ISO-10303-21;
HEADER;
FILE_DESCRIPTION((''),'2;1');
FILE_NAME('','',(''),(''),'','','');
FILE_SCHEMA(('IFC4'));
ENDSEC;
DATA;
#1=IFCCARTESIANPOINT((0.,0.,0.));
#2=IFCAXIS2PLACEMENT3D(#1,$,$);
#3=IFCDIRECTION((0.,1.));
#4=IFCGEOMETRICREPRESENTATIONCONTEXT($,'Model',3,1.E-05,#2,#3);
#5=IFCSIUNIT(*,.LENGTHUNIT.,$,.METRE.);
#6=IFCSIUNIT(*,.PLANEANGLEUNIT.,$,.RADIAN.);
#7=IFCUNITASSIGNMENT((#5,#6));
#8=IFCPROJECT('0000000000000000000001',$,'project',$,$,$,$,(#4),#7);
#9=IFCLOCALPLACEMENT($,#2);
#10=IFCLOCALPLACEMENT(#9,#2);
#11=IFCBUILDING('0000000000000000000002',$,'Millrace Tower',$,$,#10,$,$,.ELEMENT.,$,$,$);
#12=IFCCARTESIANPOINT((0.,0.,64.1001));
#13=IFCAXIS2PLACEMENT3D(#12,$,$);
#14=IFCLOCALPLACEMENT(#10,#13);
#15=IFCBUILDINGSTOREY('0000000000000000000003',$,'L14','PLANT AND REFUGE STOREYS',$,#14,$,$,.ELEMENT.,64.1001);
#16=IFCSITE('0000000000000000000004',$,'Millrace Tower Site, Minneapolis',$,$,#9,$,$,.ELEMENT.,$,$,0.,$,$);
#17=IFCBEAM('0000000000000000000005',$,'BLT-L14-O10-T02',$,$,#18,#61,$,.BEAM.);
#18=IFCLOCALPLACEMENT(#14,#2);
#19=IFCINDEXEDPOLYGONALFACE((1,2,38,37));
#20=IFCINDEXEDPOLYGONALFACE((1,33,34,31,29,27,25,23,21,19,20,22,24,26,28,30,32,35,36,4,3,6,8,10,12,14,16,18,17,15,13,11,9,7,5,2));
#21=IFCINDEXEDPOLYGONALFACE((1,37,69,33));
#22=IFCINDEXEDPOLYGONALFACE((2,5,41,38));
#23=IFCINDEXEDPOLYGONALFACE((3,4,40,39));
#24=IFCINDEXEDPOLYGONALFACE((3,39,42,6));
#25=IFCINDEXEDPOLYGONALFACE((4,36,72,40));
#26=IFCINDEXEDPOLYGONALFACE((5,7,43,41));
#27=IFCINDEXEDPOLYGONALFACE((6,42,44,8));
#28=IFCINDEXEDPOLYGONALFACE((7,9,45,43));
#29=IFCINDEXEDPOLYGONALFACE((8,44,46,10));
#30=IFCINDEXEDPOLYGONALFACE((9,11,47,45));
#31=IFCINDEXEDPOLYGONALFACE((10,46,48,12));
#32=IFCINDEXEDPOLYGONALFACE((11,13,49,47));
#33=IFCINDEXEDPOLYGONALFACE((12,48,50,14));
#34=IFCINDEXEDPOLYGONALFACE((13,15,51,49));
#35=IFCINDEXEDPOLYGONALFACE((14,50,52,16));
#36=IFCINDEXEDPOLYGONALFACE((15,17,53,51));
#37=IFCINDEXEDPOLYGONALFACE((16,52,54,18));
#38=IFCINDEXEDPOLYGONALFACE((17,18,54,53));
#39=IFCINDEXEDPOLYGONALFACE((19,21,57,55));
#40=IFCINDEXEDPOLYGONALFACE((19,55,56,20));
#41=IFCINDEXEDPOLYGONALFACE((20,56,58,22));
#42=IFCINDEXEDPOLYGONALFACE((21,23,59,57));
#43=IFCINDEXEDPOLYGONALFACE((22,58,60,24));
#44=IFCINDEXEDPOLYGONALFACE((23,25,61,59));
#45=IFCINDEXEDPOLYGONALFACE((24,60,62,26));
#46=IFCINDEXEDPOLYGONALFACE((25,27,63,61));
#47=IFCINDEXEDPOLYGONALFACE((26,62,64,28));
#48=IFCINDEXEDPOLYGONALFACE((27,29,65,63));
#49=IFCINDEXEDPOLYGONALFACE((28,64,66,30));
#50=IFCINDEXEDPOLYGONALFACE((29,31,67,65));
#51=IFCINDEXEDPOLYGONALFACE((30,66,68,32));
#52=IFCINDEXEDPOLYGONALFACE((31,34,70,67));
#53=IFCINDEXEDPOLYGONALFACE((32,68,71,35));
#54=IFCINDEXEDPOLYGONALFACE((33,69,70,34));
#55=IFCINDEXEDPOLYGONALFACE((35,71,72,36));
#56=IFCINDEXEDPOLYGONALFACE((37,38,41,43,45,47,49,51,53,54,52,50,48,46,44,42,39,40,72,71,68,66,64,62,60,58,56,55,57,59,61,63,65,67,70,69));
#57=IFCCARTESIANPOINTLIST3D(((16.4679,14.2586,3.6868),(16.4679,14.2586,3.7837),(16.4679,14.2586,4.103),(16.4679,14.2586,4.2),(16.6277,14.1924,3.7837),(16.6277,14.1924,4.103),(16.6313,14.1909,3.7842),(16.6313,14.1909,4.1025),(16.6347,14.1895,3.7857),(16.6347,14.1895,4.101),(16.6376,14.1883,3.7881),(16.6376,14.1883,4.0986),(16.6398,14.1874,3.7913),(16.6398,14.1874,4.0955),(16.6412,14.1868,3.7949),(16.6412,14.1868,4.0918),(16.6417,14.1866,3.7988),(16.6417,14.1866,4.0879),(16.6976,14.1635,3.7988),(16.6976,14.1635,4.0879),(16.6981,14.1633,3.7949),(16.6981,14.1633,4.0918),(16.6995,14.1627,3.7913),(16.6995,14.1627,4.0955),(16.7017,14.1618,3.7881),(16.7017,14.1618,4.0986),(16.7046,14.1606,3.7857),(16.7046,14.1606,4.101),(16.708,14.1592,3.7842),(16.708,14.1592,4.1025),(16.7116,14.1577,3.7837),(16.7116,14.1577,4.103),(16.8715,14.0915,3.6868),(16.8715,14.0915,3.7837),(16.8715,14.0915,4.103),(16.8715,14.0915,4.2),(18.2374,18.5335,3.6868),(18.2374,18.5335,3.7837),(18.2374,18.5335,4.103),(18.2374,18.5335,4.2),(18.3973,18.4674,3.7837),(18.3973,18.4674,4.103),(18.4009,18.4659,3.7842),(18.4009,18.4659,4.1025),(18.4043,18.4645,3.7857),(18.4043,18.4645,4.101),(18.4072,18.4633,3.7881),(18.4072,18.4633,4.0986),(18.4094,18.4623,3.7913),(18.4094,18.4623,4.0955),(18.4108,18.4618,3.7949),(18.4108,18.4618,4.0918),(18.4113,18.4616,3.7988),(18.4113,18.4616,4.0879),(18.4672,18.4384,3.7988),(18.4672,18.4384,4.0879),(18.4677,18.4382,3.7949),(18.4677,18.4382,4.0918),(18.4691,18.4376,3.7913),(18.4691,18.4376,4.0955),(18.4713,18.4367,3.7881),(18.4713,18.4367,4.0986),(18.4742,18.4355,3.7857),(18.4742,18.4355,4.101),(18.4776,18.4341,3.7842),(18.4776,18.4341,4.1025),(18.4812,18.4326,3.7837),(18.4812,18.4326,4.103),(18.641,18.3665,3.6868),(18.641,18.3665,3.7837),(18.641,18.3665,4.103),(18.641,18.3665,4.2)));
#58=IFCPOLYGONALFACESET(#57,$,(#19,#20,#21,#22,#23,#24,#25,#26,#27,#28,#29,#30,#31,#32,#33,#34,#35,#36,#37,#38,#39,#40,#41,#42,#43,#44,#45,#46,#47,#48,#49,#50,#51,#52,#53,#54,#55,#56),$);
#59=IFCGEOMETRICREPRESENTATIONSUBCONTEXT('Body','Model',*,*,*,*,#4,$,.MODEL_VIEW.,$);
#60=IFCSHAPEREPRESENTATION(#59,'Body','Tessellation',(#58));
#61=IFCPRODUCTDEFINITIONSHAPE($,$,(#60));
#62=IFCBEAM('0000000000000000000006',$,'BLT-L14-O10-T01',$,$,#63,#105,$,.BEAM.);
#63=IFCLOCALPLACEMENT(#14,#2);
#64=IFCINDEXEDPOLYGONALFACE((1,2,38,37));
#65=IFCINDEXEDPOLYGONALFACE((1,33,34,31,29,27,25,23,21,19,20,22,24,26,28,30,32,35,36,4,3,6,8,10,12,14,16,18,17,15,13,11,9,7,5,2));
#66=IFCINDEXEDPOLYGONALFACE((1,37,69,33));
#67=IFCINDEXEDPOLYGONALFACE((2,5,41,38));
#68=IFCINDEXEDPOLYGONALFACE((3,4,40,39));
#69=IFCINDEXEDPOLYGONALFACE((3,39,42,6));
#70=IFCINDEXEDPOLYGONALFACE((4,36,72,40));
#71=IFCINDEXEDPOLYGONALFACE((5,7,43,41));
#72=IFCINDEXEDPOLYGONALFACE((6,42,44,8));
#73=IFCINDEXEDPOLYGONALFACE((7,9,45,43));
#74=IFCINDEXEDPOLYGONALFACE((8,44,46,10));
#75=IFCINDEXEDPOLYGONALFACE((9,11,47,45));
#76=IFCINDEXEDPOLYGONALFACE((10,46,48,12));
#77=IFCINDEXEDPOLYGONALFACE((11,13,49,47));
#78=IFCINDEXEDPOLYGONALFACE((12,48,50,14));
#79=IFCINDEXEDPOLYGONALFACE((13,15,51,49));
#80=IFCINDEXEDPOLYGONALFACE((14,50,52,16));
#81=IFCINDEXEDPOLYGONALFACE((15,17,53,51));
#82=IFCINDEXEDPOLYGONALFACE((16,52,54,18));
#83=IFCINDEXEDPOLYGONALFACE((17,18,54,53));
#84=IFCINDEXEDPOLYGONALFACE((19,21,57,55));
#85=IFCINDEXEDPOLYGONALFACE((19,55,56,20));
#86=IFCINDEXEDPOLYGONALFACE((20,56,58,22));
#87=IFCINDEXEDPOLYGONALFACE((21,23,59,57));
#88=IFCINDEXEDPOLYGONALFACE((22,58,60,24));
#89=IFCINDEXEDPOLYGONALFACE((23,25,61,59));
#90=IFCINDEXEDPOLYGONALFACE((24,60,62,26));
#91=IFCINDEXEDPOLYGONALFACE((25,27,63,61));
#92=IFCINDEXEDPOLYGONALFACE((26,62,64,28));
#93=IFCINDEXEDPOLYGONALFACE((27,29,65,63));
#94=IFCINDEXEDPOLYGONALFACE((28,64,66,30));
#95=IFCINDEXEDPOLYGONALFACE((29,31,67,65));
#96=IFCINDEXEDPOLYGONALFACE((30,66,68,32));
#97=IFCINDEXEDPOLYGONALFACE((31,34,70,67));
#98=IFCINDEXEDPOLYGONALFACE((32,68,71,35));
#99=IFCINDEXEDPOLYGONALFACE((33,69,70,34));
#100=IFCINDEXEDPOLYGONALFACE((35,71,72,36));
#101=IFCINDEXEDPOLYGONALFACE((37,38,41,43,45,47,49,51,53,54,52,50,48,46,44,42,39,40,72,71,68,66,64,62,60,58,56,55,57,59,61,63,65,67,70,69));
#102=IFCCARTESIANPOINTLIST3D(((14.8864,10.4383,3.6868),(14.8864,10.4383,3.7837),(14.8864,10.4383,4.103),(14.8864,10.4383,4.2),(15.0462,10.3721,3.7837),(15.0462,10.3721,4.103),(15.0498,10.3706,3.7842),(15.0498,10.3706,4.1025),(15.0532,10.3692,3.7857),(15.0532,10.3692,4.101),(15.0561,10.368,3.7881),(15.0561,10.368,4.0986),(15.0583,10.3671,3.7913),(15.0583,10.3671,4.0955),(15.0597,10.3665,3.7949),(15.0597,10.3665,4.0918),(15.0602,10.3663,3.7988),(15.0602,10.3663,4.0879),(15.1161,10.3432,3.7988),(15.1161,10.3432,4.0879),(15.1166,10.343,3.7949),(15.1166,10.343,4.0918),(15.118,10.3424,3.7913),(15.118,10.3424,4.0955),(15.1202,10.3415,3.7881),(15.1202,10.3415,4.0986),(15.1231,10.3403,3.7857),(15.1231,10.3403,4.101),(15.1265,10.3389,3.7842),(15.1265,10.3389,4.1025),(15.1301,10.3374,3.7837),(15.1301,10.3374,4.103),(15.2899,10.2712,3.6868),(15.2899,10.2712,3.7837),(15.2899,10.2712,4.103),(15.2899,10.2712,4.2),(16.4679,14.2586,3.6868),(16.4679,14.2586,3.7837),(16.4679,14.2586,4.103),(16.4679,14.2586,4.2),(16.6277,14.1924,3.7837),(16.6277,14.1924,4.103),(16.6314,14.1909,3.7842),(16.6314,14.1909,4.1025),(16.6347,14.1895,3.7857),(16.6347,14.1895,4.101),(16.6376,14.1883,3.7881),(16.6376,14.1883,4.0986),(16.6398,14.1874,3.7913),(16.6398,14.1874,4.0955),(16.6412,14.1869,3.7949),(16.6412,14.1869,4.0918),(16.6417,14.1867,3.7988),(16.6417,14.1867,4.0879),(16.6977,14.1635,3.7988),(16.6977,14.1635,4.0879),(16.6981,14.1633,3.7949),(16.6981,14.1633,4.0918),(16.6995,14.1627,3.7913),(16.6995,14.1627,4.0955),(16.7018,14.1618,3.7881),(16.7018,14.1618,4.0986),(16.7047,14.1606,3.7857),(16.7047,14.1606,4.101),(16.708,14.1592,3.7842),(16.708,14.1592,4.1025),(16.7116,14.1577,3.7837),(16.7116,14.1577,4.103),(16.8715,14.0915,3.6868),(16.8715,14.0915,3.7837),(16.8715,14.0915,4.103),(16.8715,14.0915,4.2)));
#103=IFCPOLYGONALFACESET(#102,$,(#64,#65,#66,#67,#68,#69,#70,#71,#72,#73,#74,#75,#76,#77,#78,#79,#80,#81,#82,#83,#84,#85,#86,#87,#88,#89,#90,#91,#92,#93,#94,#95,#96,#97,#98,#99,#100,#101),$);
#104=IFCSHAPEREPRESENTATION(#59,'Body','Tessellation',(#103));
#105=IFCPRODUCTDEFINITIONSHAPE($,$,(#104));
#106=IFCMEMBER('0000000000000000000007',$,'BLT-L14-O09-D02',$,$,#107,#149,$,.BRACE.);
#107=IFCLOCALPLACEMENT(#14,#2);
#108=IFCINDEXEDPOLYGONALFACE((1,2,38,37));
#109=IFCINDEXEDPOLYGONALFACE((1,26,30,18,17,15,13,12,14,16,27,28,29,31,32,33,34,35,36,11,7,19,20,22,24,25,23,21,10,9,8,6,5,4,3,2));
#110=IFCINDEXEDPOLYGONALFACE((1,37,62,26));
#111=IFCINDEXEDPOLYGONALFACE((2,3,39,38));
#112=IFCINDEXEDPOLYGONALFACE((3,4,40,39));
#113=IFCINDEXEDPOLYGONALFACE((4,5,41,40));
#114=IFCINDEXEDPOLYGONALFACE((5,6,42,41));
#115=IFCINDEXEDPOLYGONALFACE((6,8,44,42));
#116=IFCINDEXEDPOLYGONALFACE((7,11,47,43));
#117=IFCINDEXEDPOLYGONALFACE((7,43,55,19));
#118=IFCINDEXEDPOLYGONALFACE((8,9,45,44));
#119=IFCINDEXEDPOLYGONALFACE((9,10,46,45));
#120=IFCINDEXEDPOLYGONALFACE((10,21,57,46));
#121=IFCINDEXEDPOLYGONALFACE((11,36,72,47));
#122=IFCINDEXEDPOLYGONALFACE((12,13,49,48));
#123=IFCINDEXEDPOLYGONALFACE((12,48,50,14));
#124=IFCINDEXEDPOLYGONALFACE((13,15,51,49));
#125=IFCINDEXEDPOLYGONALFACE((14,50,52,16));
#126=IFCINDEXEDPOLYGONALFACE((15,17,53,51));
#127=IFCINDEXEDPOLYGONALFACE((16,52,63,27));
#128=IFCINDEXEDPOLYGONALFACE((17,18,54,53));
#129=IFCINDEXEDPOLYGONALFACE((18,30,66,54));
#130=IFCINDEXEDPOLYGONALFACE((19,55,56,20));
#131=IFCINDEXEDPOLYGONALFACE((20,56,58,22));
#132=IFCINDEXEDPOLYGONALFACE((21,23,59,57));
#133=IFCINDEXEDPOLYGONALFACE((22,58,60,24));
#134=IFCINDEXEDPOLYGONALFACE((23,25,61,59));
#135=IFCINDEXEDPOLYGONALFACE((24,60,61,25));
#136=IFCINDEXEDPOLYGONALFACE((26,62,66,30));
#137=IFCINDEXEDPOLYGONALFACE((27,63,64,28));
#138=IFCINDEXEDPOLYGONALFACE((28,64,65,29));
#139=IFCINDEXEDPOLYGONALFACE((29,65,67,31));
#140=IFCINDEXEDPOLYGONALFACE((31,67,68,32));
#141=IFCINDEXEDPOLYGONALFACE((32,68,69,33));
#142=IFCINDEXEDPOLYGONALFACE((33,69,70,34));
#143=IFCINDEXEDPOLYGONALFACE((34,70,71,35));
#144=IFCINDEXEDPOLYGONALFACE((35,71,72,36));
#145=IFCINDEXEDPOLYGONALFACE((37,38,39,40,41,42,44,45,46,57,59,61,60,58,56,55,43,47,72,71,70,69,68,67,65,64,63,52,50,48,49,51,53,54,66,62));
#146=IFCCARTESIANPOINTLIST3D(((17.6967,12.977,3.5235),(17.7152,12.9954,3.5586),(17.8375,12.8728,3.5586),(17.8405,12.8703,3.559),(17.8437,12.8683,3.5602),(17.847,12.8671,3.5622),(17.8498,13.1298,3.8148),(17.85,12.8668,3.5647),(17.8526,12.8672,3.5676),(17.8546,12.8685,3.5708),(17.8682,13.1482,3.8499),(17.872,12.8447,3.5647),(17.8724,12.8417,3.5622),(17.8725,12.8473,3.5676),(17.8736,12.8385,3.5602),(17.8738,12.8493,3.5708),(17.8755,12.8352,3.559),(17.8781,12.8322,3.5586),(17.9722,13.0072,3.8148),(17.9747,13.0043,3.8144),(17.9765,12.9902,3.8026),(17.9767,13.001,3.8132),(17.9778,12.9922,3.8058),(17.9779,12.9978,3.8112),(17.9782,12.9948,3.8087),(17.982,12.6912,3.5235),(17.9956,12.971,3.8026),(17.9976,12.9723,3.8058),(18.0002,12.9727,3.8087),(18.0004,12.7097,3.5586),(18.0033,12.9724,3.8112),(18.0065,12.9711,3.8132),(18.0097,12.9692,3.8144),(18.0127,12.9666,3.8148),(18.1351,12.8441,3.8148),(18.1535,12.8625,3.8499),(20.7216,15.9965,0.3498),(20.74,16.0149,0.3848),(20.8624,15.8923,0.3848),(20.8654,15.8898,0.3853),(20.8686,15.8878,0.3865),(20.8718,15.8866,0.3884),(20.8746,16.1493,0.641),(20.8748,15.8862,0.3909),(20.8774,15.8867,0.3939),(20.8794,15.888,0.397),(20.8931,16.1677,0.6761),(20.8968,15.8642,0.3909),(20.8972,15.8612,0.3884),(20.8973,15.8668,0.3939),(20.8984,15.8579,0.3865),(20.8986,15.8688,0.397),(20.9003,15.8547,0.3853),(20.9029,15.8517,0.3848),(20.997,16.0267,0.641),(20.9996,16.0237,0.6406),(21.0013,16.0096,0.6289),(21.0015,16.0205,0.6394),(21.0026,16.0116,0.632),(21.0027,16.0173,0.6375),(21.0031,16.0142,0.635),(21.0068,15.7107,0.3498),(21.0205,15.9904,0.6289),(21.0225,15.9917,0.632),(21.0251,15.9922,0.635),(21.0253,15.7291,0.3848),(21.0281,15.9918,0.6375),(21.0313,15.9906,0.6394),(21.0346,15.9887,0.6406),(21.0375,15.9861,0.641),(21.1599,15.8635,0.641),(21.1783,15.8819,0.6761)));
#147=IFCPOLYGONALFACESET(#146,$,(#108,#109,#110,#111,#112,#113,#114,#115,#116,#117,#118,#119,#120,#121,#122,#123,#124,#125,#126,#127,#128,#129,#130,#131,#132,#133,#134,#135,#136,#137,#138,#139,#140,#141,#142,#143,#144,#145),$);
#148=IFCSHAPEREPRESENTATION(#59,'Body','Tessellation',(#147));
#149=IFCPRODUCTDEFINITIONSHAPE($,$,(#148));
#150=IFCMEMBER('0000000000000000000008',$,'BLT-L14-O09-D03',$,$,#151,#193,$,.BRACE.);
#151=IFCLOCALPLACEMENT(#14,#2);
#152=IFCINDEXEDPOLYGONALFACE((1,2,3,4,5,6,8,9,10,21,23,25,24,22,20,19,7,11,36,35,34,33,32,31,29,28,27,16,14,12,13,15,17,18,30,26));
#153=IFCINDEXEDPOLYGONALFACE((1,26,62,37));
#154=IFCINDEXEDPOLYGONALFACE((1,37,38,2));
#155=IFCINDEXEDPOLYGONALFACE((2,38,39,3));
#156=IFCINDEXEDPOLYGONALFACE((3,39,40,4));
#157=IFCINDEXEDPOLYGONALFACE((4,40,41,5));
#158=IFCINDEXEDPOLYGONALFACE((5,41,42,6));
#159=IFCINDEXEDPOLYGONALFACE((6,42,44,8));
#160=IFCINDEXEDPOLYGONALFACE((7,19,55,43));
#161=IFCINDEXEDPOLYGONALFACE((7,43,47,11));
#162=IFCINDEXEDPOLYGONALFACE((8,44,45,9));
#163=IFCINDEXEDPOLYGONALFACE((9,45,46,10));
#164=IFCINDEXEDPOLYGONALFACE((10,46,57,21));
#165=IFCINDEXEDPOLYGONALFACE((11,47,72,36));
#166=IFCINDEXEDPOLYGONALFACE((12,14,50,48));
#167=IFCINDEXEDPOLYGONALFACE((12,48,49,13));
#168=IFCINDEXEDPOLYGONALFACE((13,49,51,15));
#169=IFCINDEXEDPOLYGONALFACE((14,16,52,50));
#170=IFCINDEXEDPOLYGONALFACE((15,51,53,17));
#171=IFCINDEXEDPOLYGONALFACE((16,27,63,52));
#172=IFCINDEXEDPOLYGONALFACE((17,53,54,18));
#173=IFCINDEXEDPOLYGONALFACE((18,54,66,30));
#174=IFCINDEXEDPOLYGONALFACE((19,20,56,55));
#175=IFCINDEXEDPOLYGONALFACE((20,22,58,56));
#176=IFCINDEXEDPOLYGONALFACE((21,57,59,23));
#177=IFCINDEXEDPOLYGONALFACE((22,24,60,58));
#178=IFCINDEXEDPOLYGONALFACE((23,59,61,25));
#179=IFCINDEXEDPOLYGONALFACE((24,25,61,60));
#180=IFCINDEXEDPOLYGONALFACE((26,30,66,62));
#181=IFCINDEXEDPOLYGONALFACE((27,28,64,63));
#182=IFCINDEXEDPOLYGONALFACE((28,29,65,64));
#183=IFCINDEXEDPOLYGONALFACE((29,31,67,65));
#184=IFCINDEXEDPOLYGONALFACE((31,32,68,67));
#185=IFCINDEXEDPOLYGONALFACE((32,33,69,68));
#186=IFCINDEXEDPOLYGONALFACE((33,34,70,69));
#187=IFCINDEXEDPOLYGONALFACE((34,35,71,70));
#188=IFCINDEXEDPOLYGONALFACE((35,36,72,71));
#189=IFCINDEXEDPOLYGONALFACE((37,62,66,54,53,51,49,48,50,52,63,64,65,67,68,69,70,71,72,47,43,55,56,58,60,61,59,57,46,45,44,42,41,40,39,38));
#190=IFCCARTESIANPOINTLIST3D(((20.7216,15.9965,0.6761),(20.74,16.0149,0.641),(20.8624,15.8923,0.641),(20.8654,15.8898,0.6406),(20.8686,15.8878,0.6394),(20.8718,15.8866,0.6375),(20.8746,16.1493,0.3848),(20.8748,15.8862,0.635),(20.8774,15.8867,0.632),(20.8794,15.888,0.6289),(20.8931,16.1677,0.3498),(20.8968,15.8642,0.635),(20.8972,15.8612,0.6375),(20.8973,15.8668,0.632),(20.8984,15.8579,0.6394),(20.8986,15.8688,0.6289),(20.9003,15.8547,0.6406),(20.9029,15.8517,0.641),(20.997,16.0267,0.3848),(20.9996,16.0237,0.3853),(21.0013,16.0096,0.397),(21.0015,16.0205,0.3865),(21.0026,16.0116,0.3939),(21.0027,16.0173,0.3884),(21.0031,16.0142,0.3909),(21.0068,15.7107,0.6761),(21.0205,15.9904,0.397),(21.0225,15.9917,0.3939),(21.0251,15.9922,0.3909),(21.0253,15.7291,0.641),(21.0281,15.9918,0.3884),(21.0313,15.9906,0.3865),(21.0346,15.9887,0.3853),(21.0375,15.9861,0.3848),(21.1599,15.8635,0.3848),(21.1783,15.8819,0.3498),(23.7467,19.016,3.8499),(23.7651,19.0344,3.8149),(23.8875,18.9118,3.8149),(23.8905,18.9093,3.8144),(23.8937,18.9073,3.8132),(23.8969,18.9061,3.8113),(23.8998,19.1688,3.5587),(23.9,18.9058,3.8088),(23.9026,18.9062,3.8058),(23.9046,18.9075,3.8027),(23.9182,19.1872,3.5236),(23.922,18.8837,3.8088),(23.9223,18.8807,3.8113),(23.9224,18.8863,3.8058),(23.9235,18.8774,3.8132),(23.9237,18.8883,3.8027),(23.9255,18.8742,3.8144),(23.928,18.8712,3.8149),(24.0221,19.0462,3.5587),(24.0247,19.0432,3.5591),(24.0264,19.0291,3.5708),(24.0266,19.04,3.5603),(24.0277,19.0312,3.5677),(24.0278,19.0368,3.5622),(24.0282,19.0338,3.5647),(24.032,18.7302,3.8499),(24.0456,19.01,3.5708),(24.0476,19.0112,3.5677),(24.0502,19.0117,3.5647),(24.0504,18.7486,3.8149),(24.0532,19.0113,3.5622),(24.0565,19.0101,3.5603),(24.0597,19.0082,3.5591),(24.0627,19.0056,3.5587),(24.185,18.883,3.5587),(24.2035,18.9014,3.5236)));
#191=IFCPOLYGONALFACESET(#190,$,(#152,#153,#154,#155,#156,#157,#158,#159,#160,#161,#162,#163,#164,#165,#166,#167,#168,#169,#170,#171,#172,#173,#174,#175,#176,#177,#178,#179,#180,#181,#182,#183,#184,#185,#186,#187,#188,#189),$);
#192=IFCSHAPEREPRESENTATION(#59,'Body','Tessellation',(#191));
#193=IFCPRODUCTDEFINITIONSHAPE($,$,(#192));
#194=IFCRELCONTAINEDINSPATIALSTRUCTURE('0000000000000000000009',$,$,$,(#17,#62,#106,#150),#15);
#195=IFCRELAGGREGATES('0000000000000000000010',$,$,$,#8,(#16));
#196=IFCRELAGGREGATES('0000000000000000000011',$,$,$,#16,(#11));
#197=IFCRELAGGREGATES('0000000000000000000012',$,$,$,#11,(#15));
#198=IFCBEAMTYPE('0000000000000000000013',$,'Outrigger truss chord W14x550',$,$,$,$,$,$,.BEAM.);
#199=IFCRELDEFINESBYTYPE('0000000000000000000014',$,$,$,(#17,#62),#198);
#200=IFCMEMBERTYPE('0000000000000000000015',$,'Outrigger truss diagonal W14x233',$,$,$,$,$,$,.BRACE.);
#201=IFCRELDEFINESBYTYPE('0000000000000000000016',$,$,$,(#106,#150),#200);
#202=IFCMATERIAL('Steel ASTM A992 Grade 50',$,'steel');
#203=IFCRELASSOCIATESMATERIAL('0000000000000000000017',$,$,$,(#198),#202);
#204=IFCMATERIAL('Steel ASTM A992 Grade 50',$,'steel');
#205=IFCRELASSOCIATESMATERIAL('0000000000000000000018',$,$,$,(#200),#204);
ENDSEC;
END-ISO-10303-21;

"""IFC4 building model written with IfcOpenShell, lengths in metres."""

from ifc_helpers import new_model, si_unit, direction, frame, origin, origin_2d, place, context, subcontext, project, spatial, i_section, extrude, material, material_profile, profile_set, type_object, element, save


model = new_model("IFC4")

# Units and contexts
model_context = context("Model", 3, precision=1e-05, world=origin(), true_north=direction((0.0, 1.0)))
body_context = subcontext(model_context, "Body", "Model", "MODEL_VIEW")
ifc_project = project(units=[si_unit("LENGTHUNIT", "METRE"), si_unit("PLANEANGLEUNIT", "RADIAN")], contexts=[model_context])

# Site, building, storey
site_placement = place(None, origin())
site = spatial("IfcSite", under=ifc_project, at=site_placement, Name="Millrace Tower Site, Minneapolis", CompositionType="ELEMENT", RefElevation=0.0)
building_placement = place(site_placement, origin())
building = spatial("IfcBuilding", under=site, at=building_placement, Name="Millrace Tower", CompositionType="ELEMENT")
storey_placement = place(building_placement, frame((0.0, 0.0, 64.1001)))
storey = spatial("IfcBuildingStorey", under=building, at=storey_placement, Name="L14", Description="PLANT AND REFUGE STOREYS", CompositionType="ELEMENT", Elevation=64.1001)

# Beams
ifc_material_1 = material(Name="Steel ASTM A992 Grade 50", Category="steel")
ifc_material_profile_1 = material_profile(ifc_material_1, i_section(OverallWidth=0.4368, OverallDepth=0.5132, WebThickness=0.0605, FlangeThickness=0.0969, FilletRadius=0.0151, at=origin_2d()))
ifc_profile_set_1 = profile_set([ifc_material_profile_1], Name="Steel ASTM A992 Grade 50")
beam_type_1 = type_object("IfcBeamType", Name="Outrigger truss chord W14x550", PredefinedType="BEAM", material=ifc_profile_set_1)
for number, where, z_axis, x_axis, name in (
    (1, (16.6697, 14.175, 3.9434), (0.382464, 0.923971, 0.0), (-0.923971, 0.382464, 0.0), "BLT-L14-O10-T02"),
):
    element("IfcBeam", number, at=place(storey_placement, frame(where, z_axis=z_axis, x_axis=x_axis)), inside=storey, type_object=beam_type_1, Name=name, PredefinedType="BEAM", context=body_context, shape_type="SweptSolid", body=[
        extrude(i_section(OverallWidth=0.4368, OverallDepth=0.5132, WebThickness=0.0605, FlangeThickness=0.0969, FilletRadius=0.0151, at=origin_2d()), origin(), (0.0, 0.0, 1.0), 4.6267),
    ])
beam_1_placement = place(storey_placement, frame((15.0881, 10.3547, 3.9434), z_axis=(0.382501, 0.923955, 0.0), x_axis=(-0.923955, 0.382501, 0.0)))
element("IfcBeam", 2, at=beam_1_placement, inside=storey, type_object=beam_type_1, Name="BLT-L14-O10-T01", PredefinedType="BEAM", context=body_context, shape_type="SweptSolid", body=[
    extrude(i_section(OverallWidth=0.4368, OverallDepth=0.5132, WebThickness=0.0605, FlangeThickness=0.0969, FilletRadius=0.0151, at=origin_2d()), origin(), (0.0, 0.0, 1.0), 4.1348),
])

# Members
ifc_material_2 = material(Name="Steel ASTM A992 Grade 50", Category="steel")
ifc_material_profile_2 = material_profile(ifc_material_2, i_section(OverallWidth=0.4038, OverallDepth=0.4065, WebThickness=0.0271, FlangeThickness=0.0437, FilletRadius=0.0151, at=origin_2d()))
ifc_profile_set_2 = profile_set([ifc_material_profile_2], Name="Steel ASTM A992 Grade 50")
member_type_1 = type_object("IfcMemberType", Name="Outrigger truss diagonal W14x233", PredefinedType="BRACE", material=ifc_profile_set_2)
member_1_placement = place(storey_placement, frame((20.95, 15.9392, 0.5129), z_axis=(-0.568205, -0.567197, 0.59618), x_axis=(0.706478, -0.707735, 0.0)))
element("IfcMember", 3, at=member_1_placement, inside=storey, type_object=member_type_1, Name="BLT-L14-O09-D02", PredefinedType="BRACE", context=body_context, shape_type="SweptSolid", body=[
    extrude(i_section(OverallWidth=0.4038, OverallDepth=0.4065, WebThickness=0.0271, FlangeThickness=0.0437, FilletRadius=0.0151, at=origin_2d()), origin(), (0.0, 0.0, 1.0), 5.3235),
])
member_2_placement = place(storey_placement, frame((20.95, 15.9392, 0.5129), z_axis=(0.568237, 0.567182, 0.596165), x_axis=(-0.70645, 0.707763, 0.0)))
element("IfcMember", 4, at=member_2_placement, inside=storey, type_object=member_type_1, Name="BLT-L14-O09-D03", PredefinedType="BRACE", context=body_context, shape_type="SweptSolid", body=[
    extrude(i_section(OverallWidth=0.4038, OverallDepth=0.4065, WebThickness=0.0271, FlangeThickness=0.0437, FilletRadius=0.0151, at=origin_2d()), origin(), (0.0, 0.0, 1.0), 5.3237),
])

save(model, "model.ifc")
